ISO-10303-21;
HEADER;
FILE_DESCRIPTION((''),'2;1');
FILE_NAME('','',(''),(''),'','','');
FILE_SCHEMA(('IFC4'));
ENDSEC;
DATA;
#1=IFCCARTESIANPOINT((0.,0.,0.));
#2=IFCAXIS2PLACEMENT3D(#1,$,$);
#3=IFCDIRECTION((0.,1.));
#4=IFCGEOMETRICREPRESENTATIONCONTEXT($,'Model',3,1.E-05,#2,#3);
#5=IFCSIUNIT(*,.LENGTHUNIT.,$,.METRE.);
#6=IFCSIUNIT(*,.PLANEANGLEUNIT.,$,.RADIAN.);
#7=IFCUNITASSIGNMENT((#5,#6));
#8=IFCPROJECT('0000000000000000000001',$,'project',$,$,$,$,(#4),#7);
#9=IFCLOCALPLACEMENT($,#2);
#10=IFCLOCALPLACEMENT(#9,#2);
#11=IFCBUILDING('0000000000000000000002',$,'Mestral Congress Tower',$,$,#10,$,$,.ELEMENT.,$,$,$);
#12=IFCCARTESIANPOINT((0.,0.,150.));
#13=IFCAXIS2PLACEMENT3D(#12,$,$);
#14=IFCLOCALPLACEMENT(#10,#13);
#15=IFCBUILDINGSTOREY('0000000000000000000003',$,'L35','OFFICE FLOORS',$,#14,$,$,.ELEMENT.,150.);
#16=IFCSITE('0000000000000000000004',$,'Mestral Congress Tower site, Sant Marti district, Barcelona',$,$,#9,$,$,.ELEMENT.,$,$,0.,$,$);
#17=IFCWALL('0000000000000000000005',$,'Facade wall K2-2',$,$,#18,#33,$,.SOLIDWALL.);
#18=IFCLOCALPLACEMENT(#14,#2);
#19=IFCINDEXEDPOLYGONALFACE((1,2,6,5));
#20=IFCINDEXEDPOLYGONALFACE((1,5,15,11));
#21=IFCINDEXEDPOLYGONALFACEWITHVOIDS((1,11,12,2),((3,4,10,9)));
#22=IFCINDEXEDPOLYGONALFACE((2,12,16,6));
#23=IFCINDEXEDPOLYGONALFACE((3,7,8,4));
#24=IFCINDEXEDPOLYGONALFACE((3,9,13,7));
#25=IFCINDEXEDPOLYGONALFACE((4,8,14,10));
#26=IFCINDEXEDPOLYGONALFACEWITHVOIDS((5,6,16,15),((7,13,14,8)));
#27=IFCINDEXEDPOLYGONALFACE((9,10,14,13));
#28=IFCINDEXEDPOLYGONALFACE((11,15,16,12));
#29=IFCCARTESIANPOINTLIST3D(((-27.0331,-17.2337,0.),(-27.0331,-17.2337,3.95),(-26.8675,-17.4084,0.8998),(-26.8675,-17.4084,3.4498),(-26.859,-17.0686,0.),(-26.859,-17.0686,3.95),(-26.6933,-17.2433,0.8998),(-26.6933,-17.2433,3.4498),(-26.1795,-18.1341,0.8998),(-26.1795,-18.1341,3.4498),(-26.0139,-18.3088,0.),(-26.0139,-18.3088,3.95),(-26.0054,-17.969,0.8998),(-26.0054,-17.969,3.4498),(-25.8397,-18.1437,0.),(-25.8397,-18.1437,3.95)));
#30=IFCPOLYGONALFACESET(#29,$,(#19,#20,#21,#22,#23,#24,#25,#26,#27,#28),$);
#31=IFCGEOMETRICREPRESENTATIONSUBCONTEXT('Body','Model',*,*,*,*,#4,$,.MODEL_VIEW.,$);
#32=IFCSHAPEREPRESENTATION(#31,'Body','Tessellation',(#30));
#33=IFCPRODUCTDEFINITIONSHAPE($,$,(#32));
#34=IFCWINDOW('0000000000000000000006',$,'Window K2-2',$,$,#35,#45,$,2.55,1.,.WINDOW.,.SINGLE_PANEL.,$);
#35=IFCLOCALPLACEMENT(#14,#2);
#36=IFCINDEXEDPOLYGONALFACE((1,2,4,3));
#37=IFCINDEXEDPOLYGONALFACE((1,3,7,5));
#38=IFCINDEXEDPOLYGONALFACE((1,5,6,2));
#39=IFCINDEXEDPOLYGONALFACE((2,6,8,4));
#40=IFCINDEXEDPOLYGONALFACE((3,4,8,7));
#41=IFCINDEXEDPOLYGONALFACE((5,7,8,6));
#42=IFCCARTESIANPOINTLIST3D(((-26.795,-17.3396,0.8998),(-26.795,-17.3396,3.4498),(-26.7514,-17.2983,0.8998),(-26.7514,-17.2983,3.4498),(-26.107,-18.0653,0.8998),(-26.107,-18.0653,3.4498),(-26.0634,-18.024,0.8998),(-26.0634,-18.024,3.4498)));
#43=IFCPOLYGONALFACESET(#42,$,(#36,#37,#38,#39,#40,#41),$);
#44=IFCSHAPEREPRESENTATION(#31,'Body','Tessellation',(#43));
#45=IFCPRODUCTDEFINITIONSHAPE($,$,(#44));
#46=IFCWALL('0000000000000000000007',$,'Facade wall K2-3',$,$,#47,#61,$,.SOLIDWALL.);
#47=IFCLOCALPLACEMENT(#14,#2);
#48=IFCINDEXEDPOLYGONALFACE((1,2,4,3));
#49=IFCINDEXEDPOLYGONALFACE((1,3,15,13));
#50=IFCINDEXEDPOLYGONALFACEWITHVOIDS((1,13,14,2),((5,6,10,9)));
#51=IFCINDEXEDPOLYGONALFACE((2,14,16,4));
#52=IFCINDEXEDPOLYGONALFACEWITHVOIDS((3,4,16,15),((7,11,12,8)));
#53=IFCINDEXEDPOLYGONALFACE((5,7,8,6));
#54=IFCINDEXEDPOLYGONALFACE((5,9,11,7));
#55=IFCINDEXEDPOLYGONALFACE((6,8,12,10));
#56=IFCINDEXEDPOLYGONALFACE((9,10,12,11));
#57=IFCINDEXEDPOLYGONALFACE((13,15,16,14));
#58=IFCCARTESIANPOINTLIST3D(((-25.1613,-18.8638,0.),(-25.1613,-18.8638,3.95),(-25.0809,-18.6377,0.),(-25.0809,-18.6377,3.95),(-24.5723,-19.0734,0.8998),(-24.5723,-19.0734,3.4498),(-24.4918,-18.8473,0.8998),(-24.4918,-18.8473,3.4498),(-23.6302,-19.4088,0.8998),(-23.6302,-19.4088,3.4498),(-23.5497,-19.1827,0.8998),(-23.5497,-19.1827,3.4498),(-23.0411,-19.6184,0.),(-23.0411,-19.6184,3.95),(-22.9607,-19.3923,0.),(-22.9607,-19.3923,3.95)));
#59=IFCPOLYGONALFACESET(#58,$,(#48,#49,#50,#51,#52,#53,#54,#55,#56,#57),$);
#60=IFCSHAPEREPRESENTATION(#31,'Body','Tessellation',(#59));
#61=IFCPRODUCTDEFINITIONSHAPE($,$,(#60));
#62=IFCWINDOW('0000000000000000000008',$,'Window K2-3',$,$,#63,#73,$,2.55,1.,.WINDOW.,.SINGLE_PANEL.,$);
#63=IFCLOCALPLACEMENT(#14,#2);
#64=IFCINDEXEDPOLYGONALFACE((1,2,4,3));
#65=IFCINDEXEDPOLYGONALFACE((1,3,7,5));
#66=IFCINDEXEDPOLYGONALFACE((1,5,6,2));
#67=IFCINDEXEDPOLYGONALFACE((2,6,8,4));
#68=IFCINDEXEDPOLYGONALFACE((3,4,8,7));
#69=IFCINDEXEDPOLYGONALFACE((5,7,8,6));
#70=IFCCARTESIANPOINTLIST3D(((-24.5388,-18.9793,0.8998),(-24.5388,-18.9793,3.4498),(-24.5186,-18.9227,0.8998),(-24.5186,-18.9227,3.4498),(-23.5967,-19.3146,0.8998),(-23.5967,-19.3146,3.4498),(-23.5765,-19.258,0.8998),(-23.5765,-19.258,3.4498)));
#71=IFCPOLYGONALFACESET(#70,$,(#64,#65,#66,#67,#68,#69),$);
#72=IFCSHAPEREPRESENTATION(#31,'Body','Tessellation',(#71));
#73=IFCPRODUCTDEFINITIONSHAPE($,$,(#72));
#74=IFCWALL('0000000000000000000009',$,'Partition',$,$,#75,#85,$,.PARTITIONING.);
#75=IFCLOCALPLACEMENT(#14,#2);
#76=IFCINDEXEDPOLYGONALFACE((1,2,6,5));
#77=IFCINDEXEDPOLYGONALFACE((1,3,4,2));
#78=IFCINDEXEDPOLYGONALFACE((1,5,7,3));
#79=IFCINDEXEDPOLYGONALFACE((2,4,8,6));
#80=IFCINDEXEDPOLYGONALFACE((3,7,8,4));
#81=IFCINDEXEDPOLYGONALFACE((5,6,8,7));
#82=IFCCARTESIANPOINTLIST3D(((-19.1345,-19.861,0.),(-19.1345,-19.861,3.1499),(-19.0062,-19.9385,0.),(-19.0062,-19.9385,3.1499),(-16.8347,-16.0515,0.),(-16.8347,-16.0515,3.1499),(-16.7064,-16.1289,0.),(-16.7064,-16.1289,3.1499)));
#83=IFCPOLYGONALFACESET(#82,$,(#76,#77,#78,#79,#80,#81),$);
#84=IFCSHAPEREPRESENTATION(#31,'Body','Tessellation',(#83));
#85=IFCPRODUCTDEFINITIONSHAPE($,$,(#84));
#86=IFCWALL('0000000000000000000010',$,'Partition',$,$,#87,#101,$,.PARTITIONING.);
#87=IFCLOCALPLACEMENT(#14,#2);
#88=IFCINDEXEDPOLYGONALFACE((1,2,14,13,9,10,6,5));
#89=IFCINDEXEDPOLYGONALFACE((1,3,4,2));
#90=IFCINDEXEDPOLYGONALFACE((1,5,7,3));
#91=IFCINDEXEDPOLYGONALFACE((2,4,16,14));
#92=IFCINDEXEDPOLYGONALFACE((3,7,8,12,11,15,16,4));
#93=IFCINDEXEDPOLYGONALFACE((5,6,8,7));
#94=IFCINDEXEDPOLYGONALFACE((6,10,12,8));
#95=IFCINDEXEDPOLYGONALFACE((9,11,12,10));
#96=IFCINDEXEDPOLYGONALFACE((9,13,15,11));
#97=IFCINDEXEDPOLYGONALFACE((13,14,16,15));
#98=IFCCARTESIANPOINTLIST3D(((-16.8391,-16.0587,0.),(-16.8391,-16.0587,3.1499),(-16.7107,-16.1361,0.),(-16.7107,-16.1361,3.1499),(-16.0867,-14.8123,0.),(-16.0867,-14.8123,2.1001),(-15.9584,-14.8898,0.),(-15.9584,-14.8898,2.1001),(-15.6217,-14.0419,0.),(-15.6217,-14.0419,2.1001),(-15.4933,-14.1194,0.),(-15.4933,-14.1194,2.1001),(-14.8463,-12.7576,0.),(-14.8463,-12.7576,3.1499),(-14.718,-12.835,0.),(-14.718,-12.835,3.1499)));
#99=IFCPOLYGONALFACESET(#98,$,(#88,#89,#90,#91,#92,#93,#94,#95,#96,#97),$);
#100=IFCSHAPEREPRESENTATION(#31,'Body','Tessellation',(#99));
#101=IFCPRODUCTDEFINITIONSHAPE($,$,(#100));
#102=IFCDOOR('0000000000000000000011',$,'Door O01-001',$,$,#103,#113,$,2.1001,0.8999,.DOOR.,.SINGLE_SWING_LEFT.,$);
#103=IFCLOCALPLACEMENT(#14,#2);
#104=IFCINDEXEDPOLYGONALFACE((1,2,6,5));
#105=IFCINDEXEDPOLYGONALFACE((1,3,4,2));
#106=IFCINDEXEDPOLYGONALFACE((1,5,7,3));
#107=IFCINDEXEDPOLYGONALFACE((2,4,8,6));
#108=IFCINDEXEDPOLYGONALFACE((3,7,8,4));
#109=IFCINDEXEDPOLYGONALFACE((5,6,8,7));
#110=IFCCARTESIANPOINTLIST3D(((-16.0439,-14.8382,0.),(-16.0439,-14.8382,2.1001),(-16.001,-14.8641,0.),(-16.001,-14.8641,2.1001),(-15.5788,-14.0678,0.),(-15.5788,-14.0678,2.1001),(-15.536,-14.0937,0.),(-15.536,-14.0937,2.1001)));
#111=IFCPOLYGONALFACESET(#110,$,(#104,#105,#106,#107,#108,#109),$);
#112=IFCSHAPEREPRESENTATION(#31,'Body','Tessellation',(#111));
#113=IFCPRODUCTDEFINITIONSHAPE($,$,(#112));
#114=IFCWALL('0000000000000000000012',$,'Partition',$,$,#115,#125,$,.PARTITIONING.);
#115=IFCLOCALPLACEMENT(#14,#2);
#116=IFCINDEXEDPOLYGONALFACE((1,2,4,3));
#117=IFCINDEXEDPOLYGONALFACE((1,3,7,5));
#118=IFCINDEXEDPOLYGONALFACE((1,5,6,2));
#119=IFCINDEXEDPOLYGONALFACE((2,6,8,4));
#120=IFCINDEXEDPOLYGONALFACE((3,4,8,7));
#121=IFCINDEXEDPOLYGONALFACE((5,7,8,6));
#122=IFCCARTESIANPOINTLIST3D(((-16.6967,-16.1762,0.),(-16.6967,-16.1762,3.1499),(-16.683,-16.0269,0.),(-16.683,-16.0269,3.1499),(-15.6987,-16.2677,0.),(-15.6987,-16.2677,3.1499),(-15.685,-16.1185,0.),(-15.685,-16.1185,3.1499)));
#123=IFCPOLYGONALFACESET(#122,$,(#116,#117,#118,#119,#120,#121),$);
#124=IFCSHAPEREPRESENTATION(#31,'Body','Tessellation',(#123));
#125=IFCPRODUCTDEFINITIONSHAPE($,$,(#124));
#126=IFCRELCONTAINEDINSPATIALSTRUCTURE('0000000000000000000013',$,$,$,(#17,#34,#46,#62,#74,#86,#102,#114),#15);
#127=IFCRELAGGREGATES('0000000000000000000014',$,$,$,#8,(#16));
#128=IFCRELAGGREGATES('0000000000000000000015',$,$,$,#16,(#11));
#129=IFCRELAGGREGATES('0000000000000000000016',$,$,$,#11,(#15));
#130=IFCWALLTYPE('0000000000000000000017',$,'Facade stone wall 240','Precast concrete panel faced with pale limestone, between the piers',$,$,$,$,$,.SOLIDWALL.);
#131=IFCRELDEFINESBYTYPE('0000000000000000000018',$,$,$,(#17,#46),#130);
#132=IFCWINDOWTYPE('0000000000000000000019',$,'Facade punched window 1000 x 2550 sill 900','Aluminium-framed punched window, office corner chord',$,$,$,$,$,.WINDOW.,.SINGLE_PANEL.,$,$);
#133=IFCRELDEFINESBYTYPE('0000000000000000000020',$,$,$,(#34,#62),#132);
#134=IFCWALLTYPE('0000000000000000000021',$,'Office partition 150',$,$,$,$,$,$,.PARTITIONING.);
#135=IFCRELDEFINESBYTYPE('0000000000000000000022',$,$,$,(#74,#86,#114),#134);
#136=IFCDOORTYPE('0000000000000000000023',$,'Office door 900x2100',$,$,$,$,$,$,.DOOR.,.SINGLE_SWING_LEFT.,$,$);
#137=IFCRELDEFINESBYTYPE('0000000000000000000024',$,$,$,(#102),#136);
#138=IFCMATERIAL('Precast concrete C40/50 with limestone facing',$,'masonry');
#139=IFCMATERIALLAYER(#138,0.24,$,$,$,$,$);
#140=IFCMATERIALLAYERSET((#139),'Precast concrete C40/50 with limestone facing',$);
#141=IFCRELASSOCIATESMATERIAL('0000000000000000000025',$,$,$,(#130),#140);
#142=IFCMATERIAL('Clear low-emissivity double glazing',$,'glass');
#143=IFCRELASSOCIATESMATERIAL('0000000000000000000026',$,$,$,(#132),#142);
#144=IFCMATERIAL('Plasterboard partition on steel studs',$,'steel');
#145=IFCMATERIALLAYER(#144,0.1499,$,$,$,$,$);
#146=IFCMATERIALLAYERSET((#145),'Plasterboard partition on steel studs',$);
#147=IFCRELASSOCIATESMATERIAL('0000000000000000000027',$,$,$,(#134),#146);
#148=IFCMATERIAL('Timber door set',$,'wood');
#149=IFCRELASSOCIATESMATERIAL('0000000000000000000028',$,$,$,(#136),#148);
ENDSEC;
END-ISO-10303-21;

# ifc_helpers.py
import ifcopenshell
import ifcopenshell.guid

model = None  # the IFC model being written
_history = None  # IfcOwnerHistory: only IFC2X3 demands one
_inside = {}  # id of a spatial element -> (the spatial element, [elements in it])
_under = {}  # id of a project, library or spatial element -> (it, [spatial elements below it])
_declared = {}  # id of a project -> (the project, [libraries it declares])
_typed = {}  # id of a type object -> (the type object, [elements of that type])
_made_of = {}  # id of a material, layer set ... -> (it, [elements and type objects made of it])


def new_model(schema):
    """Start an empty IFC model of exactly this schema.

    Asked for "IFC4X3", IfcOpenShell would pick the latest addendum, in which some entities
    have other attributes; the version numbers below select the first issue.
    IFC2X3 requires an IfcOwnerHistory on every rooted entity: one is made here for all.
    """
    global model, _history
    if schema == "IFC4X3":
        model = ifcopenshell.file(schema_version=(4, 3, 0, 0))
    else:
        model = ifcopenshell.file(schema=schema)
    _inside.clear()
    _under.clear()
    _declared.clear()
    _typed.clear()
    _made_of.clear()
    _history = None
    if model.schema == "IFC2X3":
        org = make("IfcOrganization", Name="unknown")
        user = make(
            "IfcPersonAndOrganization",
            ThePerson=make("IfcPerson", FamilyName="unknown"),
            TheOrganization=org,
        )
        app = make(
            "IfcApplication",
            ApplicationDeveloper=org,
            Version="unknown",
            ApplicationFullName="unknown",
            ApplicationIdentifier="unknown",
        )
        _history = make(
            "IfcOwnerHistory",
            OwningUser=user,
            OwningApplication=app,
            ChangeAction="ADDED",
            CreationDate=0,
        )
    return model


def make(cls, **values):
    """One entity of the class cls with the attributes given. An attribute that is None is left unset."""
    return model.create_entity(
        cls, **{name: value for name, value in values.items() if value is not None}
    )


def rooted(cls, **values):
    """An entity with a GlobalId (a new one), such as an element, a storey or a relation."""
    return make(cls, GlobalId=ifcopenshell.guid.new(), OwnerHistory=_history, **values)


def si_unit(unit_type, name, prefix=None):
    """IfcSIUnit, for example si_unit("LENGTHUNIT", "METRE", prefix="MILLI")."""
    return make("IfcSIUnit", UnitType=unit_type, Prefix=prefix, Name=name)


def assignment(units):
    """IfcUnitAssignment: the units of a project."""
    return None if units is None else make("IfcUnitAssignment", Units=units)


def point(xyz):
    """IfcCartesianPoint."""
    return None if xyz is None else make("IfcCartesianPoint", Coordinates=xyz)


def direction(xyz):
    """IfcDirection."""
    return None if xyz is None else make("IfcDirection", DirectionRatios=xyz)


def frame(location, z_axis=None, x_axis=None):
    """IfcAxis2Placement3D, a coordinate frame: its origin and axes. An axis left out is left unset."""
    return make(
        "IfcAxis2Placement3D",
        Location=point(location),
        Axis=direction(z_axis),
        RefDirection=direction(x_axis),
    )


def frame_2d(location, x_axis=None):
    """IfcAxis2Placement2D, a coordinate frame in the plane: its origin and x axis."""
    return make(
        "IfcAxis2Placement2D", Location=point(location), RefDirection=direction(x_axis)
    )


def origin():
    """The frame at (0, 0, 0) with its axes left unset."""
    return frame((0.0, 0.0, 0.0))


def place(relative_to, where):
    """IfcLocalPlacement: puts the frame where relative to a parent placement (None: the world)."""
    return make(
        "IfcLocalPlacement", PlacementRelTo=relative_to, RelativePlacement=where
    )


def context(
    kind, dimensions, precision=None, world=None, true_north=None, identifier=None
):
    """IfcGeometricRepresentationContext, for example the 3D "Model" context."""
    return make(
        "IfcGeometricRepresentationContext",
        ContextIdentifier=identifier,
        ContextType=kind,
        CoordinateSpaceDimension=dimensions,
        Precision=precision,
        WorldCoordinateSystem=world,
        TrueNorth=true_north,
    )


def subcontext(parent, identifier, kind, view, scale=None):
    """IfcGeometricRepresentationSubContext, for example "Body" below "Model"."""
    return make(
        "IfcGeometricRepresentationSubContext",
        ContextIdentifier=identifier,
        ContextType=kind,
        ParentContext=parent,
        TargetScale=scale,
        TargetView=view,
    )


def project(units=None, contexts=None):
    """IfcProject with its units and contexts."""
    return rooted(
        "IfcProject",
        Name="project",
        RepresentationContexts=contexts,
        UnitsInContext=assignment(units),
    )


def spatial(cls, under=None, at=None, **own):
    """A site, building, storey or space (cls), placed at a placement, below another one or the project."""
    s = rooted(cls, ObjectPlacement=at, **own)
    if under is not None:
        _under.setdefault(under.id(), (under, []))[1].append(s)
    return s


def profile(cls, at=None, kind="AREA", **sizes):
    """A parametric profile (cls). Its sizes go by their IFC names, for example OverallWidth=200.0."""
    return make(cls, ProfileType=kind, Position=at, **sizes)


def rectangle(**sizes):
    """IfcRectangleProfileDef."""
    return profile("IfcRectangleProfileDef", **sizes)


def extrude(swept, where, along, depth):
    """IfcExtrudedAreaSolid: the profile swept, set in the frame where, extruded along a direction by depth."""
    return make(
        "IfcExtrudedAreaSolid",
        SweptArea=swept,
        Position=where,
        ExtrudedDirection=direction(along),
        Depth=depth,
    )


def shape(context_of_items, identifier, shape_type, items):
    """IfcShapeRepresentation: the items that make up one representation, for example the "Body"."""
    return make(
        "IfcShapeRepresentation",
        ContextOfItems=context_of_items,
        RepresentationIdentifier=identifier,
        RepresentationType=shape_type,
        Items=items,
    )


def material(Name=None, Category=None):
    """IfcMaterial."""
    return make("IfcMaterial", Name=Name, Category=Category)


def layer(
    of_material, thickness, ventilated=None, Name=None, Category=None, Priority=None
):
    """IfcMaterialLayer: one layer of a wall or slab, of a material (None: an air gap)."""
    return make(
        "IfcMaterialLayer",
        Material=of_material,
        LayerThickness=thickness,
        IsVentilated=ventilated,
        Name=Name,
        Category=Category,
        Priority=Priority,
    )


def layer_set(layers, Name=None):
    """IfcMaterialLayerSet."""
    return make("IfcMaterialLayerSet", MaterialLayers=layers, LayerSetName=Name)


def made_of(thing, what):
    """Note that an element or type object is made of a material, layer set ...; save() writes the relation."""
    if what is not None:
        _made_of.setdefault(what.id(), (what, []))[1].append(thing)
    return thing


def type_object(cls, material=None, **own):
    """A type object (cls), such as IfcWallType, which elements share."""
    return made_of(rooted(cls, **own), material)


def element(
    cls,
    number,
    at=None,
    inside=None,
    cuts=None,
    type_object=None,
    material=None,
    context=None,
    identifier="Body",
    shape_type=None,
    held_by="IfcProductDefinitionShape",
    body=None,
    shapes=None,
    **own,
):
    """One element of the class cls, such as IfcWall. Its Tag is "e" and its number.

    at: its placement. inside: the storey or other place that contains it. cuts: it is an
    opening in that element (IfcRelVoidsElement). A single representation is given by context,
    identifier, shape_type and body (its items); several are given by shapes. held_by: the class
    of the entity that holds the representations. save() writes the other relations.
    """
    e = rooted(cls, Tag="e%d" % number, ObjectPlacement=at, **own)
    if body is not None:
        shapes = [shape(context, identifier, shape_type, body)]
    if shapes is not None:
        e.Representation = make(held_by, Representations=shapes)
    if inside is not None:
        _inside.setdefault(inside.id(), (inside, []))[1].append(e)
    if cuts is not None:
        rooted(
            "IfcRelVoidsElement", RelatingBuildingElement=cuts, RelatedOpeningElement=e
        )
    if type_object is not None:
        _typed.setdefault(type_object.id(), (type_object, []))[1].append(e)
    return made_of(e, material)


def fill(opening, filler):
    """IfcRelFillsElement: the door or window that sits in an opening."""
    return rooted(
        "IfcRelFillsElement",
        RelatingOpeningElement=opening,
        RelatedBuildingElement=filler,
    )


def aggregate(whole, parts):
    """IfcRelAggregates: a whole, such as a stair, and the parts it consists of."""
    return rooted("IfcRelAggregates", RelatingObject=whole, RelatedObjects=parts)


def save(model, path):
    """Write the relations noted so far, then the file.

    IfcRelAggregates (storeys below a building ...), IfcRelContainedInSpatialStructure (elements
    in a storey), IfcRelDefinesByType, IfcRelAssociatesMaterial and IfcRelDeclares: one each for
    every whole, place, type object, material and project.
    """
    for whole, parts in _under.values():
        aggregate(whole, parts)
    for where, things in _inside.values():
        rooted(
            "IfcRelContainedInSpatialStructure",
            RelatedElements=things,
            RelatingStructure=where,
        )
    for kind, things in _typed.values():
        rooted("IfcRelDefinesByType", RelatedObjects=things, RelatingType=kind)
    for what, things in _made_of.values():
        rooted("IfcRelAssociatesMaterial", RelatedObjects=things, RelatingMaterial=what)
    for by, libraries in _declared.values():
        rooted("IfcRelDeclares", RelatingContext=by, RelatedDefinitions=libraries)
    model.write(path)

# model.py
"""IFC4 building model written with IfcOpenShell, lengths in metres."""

from ifc_helpers import new_model, si_unit, direction, frame, frame_2d, origin, place, context, subcontext, project, spatial, rectangle, extrude, material, layer, layer_set, type_object, element, fill, save


model = new_model("IFC4")

# Units and contexts
model_context = context("Model", 3, precision=1e-05, world=origin(), true_north=direction((0.0, 1.0)))
body_context = subcontext(model_context, "Body", "Model", "MODEL_VIEW")
ifc_project = project(units=[si_unit("LENGTHUNIT", "METRE"), si_unit("PLANEANGLEUNIT", "RADIAN")], contexts=[model_context])

# Site, building, storey
site_placement = place(None, origin())
site = spatial("IfcSite", under=ifc_project, at=site_placement, Name="Mestral Congress Tower site, Sant Marti district, Barcelona", CompositionType="ELEMENT", RefElevation=0.0)
building_placement = place(site_placement, origin())
building = spatial("IfcBuilding", under=site, at=building_placement, Name="Mestral Congress Tower", CompositionType="ELEMENT")
storey_placement = place(building_placement, frame((0.0, 0.0, 150.0)))
storey = spatial("IfcBuildingStorey", under=building, at=storey_placement, Name="L35", Description="OFFICE FLOORS", CompositionType="ELEMENT", Elevation=150.0)

# Shared definitions
ifc_material_1 = material(Name="Precast concrete C40/50 with limestone facing", Category="masonry")
ifc_layer_1 = layer(ifc_material_1, 0.24)
ifc_layer_set_1 = layer_set([ifc_layer_1], Name="Precast concrete C40/50 with limestone facing")
wall_type_1 = type_object("IfcWallType", Name="Facade stone wall 240", Description="Precast concrete panel faced with pale limestone, between the piers", PredefinedType="SOLIDWALL", material=ifc_layer_set_1)
ifc_material_2 = material(Name="Clear low-emissivity double glazing", Category="glass")

# Walls, openings, windows
wall_1_placement = place(storey_placement, frame((-26.946, -17.1511, 0.0), z_axis=(0.0, 0.0, 1.0), x_axis=(0.687987, -0.725723, 0.0)))
wall_1 = element("IfcWall", 1, at=wall_1_placement, inside=storey, type_object=wall_type_1, Name="Facade wall K2-2", PredefinedType="SOLIDWALL", context=body_context, shape_type="SweptSolid", body=[
    extrude(rectangle(XDim=1.4814, YDim=0.24, at=frame_2d((0.7407, 0.0))), origin(), (0.0, 0.0, 1.0), 3.95),
])
opening_1_placement = place(wall_1_placement, frame((0.2407, 0.0, 0.8999)))
opening_1 = element("IfcOpeningElement", 2, at=opening_1_placement, cuts=wall_1, PredefinedType="OPENING", context=body_context, shape_type="SweptSolid", body=[
    extrude(rectangle(XDim=1.0, YDim=2.55, at=frame_2d((0.5, 1.2749))), frame((0.0, 0.1299, 0.0), z_axis=(0.0, -1.0, 0.0), x_axis=(1.0, 0.0, 0.0)), (0.0, 0.0, 1.0), 0.26),
])
window_type_1 = type_object("IfcWindowType", Name="Facade punched window 1000 x 2550 sill 900", Description="Aluminium-framed punched window, office corner chord", PartitioningType="SINGLE_PANEL", PredefinedType="WINDOW", material=ifc_material_2)
window_1_placement = place(opening_1_placement, origin())
window_1 = element("IfcWindow", 3, at=window_1_placement, inside=storey, type_object=window_type_1, Name="Window K2-2", OverallHeight=2.55, OverallWidth=1.0, PartitioningType="SINGLE_PANEL", PredefinedType="WINDOW", context=body_context, shape_type="SweptSolid", body=[
    extrude(rectangle(XDim=1.0, YDim=2.55, at=frame_2d((0.5, 1.2749))), frame((0.0, 0.04, 0.0), z_axis=(0.0, -1.0, 0.0), x_axis=(1.0, 0.0, 0.0)), (0.0, 0.0, 1.0), 0.0601),
])
fill(opening_1, window_1)
wall_2_placement = place(storey_placement, frame((-25.1211, -18.7507, 0.0), z_axis=(0.0, 0.0, 1.0), x_axis=(0.9421, -0.335333, 0.0)))
wall_2 = element("IfcWall", 4, at=wall_2_placement, inside=storey, type_object=wall_type_1, Name="Facade wall K2-3", PredefinedType="SOLIDWALL", context=body_context, shape_type="SweptSolid", body=[
    extrude(rectangle(XDim=2.2505, YDim=0.24, at=frame_2d((1.1252, 0.0))), origin(), (0.0, 0.0, 1.0), 3.95),
])
opening_2_placement = place(wall_2_placement, frame((0.6252, 0.0, 0.8999)))
opening_2 = element("IfcOpeningElement", 5, at=opening_2_placement, cuts=wall_2, PredefinedType="OPENING", context=body_context, shape_type="SweptSolid", body=[
    extrude(rectangle(XDim=1.0, YDim=2.55, at=frame_2d((0.5, 1.2749))), frame((0.0, 0.1299, 0.0), z_axis=(0.0, -1.0, 0.0), x_axis=(1.0, 0.0, 0.0)), (0.0, 0.0, 1.0), 0.26),
])
window_2_placement = place(opening_2_placement, origin())
window_2 = element("IfcWindow", 6, at=window_2_placement, inside=storey, type_object=window_type_1, Name="Window K2-3", OverallHeight=2.55, OverallWidth=1.0, PartitioningType="SINGLE_PANEL", PredefinedType="WINDOW", context=body_context, shape_type="SweptSolid", body=[
    extrude(rectangle(XDim=1.0, YDim=2.55, at=frame_2d((0.5, 1.2749))), frame((0.0, 0.04, 0.0), z_axis=(0.0, -1.0, 0.0), x_axis=(1.0, 0.0, 0.0)), (0.0, 0.0, 1.0), 0.0601),
])
fill(opening_2, window_2)

# Wall
ifc_material_3 = material(Name="Plasterboard partition on steel studs", Category="steel")
ifc_layer_2 = layer(ifc_material_3, 0.1499)
ifc_layer_set_2 = layer_set([ifc_layer_2], Name="Plasterboard partition on steel studs")
wall_type_2 = type_object("IfcWallType", Name="Office partition 150", PredefinedType="PARTITIONING", material=ifc_layer_set_2)
wall_3_placement = place(storey_placement, frame((-16.7705, -16.0901, 0.0), z_axis=(0.0, 0.0, 1.0), x_axis=(-0.516818, -0.856096, 0.0)))
element("IfcWall", 7, at=wall_3_placement, inside=storey, type_object=wall_type_2, Name="Partition", PredefinedType="PARTITIONING", context=body_context, shape_type="SweptSolid", body=[
    extrude(rectangle(XDim=4.45, YDim=0.1499, at=frame_2d((2.2251, 0.0))), origin(), (0.0, 0.0, 1.0), 3.1499),
])

# Wall, opening, door
wall_4_placement = place(storey_placement, frame((-16.7749, -16.0974, 0.0), z_axis=(0.0, 0.0, 1.0), x_axis=(0.516794, 0.85611, 0.0)))
wall_4 = element("IfcWall", 8, at=wall_4_placement, inside=storey, type_object=wall_type_2, Name="Partition", PredefinedType="PARTITIONING", context=body_context, shape_type="SweptSolid", body=[
    extrude(rectangle(XDim=3.856, YDim=0.1499, at=frame_2d((1.928, 0.0))), origin(), (0.0, 0.0, 1.0), 3.1499),
])
opening_3_placement = place(wall_4_placement, frame((1.4558, 0.0, 0.0)))
opening_3 = element("IfcOpeningElement", 9, at=opening_3_placement, cuts=wall_4, PredefinedType="OPENING", context=body_context, shape_type="SweptSolid", body=[
    extrude(rectangle(XDim=0.8999, YDim=2.1001, at=frame_2d((0.45, 1.05))), frame((0.0, 0.085, 0.0), z_axis=(0.0, -1.0, 0.0), x_axis=(1.0, 0.0, 0.0)), (0.0, 0.0, 1.0), 0.1699),
])
ifc_material_4 = material(Name="Timber door set", Category="wood")
door_type = type_object("IfcDoorType", Name="Office door 900x2100", OperationType="SINGLE_SWING_LEFT", PredefinedType="DOOR", material=ifc_material_4)
door_placement = place(opening_3_placement, origin())
door = element("IfcDoor", 10, at=door_placement, inside=storey, type_object=door_type, Name="Door O01-001", OperationType="SINGLE_SWING_LEFT", OverallHeight=2.1001, OverallWidth=0.8999, PredefinedType="DOOR", context=body_context, shape_type="SweptSolid", body=[
    extrude(rectangle(XDim=0.8999, YDim=2.1001, at=frame_2d((0.45, 1.05))), frame((0.0, 0.0249, 0.0), z_axis=(0.0, -1.0, 0.0), x_axis=(1.0, 0.0, 0.0)), (0.0, 0.0, 1.0), 0.05),
])
fill(opening_3, door)

# Wall
wall_5_placement = place(storey_placement, frame((-16.6897, -16.1016, 0.0), z_axis=(0.0, 0.0, 1.0), x_axis=(0.995819, -0.091348, 0.0)))
element("IfcWall", 11, at=wall_5_placement, inside=storey, type_object=wall_type_2, Name="Partition", PredefinedType="PARTITIONING", context=body_context, shape_type="SweptSolid", body=[
    extrude(rectangle(XDim=1.0022, YDim=0.1499, at=frame_2d((0.501, 0.0))), origin(), (0.0, 0.0, 1.0), 3.1499),
])

save(model, "model.ifc")
